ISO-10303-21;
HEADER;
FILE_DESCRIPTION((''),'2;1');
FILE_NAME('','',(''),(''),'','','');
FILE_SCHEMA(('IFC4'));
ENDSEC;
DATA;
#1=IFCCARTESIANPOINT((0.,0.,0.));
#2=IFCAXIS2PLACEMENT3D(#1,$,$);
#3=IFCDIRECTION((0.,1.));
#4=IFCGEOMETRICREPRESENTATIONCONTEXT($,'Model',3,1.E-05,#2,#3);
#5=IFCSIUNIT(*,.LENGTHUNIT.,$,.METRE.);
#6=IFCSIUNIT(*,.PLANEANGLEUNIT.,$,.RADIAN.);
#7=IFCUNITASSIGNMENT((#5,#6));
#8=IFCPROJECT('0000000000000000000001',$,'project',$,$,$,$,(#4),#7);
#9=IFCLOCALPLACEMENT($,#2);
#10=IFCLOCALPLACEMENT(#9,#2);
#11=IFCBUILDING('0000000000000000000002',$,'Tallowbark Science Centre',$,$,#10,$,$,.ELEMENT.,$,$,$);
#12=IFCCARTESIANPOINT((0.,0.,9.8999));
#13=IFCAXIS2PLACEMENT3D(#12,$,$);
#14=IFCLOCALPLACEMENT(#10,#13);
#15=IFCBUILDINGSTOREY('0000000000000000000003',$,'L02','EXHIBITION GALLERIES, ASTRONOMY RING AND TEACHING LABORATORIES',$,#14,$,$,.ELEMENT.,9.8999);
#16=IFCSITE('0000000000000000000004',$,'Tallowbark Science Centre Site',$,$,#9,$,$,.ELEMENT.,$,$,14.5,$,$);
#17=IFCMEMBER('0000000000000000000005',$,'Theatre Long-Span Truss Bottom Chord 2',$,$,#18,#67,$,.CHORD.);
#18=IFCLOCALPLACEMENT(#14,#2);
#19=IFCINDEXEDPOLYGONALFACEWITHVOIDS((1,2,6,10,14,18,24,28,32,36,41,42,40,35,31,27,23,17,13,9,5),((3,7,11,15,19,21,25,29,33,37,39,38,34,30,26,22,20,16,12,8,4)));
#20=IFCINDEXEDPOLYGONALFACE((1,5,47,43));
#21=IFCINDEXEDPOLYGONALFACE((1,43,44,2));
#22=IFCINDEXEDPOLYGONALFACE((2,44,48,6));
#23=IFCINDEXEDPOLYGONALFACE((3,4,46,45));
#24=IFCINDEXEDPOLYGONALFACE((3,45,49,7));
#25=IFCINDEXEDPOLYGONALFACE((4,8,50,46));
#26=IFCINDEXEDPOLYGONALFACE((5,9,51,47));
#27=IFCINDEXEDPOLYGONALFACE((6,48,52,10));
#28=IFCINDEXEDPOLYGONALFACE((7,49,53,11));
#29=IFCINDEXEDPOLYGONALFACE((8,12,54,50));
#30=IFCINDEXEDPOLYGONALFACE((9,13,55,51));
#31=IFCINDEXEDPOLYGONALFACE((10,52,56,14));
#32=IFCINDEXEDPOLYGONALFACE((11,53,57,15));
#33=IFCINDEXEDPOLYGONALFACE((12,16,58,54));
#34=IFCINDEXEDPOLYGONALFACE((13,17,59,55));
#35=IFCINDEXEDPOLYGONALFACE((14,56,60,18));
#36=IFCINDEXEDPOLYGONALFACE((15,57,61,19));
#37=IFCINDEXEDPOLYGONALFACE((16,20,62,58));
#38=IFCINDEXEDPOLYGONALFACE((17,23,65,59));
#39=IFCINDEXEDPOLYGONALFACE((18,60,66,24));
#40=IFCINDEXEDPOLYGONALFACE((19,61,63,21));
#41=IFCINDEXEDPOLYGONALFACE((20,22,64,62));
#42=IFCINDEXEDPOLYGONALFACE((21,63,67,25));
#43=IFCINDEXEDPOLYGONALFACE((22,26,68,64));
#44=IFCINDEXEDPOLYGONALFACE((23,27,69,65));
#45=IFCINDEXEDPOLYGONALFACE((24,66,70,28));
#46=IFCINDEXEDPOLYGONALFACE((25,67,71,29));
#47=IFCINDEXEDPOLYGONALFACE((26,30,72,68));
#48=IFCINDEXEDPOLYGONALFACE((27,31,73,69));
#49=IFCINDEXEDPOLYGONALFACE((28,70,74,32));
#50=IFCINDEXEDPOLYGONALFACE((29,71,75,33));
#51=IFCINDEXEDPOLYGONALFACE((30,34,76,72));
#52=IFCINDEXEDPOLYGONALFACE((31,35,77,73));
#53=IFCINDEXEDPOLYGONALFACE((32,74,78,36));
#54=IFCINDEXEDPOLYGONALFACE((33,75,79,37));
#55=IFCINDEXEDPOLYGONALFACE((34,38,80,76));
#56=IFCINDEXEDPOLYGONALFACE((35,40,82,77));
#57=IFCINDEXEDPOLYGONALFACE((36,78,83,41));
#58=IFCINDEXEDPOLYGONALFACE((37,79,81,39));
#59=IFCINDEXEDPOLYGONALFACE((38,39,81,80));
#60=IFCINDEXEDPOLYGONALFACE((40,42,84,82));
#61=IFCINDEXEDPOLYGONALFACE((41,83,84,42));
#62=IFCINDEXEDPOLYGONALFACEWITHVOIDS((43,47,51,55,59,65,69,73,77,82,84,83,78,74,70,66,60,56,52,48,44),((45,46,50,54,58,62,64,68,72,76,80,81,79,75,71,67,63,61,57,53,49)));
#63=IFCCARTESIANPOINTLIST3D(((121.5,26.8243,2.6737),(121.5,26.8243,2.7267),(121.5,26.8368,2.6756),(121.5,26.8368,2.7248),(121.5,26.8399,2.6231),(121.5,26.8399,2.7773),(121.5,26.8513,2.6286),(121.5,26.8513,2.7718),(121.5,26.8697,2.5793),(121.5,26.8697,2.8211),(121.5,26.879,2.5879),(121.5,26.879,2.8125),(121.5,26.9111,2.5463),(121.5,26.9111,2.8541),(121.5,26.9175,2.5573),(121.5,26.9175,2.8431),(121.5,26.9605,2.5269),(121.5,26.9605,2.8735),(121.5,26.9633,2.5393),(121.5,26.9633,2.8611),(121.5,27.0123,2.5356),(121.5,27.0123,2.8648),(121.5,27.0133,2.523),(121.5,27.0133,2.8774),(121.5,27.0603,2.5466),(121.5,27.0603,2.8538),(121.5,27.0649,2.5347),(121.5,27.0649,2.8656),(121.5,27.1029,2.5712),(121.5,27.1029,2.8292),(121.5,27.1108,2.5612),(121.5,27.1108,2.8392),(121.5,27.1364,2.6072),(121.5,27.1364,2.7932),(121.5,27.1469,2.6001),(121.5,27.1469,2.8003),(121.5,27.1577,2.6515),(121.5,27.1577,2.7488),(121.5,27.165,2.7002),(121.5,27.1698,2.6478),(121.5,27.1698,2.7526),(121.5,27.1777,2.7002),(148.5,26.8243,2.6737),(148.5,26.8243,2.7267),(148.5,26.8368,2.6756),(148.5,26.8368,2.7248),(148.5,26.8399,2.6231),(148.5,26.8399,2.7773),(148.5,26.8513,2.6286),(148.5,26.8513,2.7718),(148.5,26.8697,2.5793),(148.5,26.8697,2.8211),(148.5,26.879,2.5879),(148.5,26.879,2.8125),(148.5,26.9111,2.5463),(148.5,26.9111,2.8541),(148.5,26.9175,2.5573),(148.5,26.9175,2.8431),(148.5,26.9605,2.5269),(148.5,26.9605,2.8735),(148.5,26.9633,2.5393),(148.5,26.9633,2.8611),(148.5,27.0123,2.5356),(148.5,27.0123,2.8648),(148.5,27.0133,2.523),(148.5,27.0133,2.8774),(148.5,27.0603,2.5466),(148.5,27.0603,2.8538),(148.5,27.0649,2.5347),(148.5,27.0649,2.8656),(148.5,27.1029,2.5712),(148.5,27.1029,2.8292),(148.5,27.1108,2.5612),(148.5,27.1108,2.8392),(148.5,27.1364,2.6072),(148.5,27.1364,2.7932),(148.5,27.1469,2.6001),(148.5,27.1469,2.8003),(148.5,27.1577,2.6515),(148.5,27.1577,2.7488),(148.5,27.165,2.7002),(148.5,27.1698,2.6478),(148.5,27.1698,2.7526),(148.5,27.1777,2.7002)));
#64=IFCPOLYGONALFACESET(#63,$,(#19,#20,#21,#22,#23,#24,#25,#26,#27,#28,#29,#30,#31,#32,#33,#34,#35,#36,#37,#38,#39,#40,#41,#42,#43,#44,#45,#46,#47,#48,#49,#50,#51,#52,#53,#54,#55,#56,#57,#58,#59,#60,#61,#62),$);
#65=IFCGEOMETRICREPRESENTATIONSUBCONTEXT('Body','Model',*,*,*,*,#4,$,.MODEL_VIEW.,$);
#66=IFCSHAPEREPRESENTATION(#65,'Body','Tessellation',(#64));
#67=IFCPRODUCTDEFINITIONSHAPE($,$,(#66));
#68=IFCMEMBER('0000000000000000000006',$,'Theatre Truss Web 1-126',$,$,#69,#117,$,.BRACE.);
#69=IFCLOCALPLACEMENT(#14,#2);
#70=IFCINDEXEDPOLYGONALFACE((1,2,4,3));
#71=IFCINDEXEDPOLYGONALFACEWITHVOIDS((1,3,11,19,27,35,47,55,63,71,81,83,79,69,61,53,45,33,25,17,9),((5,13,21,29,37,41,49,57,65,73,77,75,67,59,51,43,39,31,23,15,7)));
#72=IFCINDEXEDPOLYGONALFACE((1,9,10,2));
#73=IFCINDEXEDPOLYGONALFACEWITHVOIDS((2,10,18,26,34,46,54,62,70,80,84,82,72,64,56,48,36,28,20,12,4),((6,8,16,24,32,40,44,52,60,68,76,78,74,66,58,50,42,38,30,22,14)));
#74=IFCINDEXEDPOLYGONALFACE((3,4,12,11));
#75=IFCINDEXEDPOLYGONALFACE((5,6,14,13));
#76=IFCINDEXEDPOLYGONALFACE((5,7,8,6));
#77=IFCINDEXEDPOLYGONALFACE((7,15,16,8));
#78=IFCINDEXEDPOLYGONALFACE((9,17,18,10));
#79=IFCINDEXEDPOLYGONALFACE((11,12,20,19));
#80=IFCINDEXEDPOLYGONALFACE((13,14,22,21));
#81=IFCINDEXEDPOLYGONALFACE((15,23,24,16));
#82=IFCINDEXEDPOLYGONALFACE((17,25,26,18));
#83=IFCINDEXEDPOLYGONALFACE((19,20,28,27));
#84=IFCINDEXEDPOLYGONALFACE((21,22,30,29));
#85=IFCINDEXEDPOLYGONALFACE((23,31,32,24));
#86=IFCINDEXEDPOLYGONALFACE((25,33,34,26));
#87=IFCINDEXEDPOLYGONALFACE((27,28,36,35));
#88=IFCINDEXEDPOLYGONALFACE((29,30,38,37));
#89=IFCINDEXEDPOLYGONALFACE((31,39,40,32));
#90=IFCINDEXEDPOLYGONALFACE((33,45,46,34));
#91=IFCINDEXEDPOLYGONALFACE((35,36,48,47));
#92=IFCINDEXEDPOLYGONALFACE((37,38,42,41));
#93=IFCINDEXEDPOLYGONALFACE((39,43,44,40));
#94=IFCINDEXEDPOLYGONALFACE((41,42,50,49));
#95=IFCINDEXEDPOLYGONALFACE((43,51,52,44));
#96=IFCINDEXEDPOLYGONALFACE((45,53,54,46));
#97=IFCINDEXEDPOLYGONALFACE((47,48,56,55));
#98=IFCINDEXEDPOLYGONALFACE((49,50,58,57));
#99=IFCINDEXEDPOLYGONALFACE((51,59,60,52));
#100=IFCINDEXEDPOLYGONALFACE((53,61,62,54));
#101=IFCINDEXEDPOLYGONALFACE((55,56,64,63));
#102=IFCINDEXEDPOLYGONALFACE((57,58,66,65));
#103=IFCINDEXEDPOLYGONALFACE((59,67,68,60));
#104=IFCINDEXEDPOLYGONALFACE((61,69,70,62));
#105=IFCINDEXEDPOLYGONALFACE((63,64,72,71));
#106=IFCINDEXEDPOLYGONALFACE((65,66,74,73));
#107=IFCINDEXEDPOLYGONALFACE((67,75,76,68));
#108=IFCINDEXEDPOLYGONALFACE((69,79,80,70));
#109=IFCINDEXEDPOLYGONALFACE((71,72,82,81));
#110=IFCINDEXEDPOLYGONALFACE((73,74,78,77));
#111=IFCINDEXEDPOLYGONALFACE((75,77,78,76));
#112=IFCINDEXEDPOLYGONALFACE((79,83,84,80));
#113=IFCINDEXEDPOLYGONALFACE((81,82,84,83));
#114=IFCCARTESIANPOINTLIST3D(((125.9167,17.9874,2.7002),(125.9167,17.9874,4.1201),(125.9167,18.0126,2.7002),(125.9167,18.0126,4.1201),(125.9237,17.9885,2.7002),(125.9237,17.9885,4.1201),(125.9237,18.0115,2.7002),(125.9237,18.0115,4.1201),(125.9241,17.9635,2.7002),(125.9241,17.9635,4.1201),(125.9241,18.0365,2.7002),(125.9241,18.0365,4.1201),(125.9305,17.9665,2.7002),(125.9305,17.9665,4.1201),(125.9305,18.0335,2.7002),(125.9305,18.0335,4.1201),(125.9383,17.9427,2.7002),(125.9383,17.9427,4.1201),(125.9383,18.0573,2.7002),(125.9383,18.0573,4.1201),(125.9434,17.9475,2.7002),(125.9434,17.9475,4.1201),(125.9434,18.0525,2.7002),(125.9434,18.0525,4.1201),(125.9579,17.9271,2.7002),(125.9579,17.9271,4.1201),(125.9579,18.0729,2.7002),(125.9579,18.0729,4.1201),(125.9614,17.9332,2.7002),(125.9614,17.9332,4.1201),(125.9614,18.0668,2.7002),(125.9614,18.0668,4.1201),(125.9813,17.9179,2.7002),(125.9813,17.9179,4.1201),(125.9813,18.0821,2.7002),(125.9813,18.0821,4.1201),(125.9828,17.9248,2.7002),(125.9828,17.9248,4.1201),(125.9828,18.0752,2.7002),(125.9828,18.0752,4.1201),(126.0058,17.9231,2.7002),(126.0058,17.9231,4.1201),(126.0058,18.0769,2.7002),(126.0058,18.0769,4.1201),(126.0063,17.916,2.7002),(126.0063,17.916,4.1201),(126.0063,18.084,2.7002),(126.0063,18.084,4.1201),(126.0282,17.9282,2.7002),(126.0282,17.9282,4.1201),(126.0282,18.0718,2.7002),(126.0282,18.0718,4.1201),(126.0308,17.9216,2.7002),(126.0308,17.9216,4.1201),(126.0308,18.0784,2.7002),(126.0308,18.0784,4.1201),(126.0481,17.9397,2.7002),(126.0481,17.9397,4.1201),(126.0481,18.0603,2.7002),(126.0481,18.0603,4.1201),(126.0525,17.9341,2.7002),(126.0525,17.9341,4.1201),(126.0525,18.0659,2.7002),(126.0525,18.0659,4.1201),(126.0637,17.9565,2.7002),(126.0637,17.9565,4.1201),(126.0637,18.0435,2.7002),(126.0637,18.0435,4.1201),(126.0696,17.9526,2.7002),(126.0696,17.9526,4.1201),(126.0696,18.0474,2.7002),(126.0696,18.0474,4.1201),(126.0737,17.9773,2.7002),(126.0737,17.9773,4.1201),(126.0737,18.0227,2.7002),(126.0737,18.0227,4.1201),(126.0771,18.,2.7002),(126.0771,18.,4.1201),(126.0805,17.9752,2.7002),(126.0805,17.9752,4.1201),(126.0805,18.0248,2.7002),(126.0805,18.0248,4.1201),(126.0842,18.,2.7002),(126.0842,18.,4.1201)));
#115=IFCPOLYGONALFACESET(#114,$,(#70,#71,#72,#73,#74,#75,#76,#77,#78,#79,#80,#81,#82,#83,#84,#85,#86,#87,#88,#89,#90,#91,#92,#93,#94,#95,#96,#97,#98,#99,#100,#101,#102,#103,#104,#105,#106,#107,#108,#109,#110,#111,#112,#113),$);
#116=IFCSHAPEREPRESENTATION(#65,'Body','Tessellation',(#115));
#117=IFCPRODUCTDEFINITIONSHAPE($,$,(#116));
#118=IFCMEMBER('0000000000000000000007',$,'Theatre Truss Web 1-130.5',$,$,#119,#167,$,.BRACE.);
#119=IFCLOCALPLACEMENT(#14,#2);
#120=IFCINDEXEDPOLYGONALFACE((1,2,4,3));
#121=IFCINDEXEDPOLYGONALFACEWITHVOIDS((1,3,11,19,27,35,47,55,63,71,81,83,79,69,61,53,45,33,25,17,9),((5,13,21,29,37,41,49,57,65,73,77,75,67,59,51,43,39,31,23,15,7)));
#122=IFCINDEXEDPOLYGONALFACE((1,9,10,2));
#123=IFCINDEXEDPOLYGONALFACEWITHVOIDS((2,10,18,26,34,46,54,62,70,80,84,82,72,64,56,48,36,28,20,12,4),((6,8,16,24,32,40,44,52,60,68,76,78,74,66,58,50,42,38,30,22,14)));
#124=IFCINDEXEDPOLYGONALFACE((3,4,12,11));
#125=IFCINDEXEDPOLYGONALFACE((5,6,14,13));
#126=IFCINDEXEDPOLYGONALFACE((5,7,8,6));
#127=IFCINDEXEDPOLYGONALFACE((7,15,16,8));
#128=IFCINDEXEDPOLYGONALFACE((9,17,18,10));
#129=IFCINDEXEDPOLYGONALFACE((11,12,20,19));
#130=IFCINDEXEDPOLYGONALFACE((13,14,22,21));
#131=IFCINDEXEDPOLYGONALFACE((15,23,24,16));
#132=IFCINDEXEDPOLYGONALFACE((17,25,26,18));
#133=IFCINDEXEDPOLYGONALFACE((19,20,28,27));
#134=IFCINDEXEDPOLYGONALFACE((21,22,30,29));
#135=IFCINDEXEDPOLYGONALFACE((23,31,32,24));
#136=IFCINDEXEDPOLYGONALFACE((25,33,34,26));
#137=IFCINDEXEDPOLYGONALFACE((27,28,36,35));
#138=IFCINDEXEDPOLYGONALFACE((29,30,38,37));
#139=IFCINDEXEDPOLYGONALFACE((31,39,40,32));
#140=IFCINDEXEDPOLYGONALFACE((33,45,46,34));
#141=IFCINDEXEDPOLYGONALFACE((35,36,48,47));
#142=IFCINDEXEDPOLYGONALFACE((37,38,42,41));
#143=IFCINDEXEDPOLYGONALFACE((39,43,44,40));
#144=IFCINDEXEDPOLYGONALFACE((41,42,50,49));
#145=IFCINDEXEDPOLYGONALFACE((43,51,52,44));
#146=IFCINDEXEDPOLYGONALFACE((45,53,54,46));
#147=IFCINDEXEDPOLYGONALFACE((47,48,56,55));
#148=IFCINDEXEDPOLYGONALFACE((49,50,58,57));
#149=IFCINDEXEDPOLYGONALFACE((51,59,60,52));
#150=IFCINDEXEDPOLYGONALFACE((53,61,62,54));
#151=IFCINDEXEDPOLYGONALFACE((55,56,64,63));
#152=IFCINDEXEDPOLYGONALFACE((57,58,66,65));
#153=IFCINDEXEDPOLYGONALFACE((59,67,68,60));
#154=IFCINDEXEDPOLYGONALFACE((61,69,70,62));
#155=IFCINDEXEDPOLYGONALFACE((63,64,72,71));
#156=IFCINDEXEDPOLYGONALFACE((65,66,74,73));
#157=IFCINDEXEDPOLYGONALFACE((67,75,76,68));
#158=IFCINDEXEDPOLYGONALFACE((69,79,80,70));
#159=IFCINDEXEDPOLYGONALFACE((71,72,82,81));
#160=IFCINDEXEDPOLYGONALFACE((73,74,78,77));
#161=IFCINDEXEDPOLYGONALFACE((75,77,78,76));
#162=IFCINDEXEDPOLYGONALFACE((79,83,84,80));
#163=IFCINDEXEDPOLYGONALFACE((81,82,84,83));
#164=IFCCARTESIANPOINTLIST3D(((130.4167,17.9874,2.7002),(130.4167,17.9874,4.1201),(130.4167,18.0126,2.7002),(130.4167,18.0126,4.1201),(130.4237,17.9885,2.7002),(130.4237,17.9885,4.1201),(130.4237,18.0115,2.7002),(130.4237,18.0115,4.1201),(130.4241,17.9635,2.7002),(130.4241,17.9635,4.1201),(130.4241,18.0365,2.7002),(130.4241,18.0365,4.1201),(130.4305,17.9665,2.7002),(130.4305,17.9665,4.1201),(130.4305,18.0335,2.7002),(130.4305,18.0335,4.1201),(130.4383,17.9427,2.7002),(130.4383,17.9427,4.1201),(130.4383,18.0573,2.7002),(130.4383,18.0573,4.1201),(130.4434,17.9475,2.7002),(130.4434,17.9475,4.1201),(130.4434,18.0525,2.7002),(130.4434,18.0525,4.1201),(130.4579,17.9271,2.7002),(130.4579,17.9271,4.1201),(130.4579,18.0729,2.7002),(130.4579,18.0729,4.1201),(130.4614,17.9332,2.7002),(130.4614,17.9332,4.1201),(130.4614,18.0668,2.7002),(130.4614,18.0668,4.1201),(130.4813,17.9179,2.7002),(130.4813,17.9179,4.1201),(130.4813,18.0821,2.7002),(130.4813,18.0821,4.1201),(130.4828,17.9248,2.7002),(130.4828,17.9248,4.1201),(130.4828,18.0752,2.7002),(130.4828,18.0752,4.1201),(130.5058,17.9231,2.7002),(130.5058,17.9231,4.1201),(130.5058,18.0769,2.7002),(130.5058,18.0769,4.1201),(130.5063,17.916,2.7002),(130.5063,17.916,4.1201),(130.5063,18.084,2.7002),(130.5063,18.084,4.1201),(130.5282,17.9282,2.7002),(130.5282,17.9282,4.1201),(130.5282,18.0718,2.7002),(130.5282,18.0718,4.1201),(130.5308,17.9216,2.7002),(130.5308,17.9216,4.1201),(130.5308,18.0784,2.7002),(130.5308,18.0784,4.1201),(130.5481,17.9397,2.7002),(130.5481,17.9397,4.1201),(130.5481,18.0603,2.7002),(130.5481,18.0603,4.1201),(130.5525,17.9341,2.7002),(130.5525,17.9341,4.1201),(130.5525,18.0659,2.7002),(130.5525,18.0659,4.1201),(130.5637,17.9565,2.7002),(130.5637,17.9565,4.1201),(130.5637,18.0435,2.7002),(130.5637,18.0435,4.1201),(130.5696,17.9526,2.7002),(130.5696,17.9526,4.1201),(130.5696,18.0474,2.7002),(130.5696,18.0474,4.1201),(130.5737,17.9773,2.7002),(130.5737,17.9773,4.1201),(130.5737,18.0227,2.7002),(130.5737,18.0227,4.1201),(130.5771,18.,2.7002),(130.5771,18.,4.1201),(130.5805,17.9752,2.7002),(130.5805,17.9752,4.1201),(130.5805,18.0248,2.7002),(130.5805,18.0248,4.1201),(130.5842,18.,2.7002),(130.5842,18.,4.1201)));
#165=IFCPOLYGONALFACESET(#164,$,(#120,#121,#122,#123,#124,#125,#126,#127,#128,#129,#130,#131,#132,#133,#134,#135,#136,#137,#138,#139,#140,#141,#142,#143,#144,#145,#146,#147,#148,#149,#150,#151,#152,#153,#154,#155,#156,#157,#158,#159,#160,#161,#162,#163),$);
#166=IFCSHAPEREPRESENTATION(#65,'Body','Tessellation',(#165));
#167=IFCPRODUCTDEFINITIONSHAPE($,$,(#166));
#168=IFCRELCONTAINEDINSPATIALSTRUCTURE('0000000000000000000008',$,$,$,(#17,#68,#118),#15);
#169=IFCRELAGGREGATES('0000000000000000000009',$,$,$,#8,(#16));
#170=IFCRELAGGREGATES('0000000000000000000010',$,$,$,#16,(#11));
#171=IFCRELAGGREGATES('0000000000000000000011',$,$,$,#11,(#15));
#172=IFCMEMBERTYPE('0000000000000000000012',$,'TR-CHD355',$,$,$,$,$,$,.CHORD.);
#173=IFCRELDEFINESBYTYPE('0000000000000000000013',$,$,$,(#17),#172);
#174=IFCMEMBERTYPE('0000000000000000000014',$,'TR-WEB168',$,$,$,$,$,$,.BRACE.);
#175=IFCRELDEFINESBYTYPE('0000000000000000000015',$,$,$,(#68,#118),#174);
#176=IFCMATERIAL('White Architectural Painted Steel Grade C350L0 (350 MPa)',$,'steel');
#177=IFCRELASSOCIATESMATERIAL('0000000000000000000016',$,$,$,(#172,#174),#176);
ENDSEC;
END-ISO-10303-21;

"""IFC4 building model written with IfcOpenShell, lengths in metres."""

from ifc_helpers import new_model, si_unit, direction, frame, origin, origin_2d, place, context, subcontext, project, spatial, hollow_circle, extrude, material, material_profile, profile_set, type_object, element, save


model = new_model("IFC4")

# Units and contexts
model_context = context("Model", 3, precision=1e-05, world=origin(), true_north=direction((0.0, 1.0)))
body_context = subcontext(model_context, "Body", "Model", "MODEL_VIEW")
ifc_project = project(units=[si_unit("LENGTHUNIT", "METRE"), si_unit("PLANEANGLEUNIT", "RADIAN")], contexts=[model_context])

# Site, building, storey
site_placement = place(None, origin())
site = spatial("IfcSite", under=ifc_project, at=site_placement, Name="Tallowbark Science Centre Site", CompositionType="ELEMENT", RefElevation=14.5)
building_placement = place(site_placement, origin())
building = spatial("IfcBuilding", under=site, at=building_placement, Name="Tallowbark Science Centre", CompositionType="ELEMENT")
storey_placement = place(building_placement, frame((0.0, 0.0, 9.8999)))
storey = spatial("IfcBuildingStorey", under=building, at=storey_placement, Name="L02", Description="EXHIBITION GALLERIES, ASTRONOMY RING AND TEACHING LABORATORIES", CompositionType="ELEMENT", Elevation=9.8999)

# Members
ifc_material_1 = material(Name="White Architectural Painted Steel Grade C350L0 (350 MPa)", Category="steel")
ifc_material_profile_1 = material_profile(ifc_material_1, hollow_circle(Radius=0.1777, WallThickness=0.0127, at=origin_2d()), Name="355.6x12.7CHS")
ifc_profile_set_1 = profile_set([ifc_material_profile_1], Name="White Architectural Painted Steel Grade C350L0 (350 MPa)")
member_type_1 = type_object("IfcMemberType", Name="TR-CHD355", PredefinedType="CHORD", material=ifc_profile_set_1)
for number, where, z_axis, x_axis, name in (
    (1, (121.5, 27.0, 2.7002), (1.0, 0.0, 0.0), (0.0, 1.0, 0.0), "Theatre Long-Span Truss Bottom Chord 2"),
):
    element("IfcMember", number, at=place(storey_placement, frame(where, z_axis=z_axis, x_axis=x_axis)), inside=storey, type_object=member_type_1, Name=name, PredefinedType="CHORD", context=body_context, shape_type="SweptSolid", body=[
        extrude(hollow_circle(Radius=0.1777, WallThickness=0.0127, at=origin_2d()), origin(), (0.0, 0.0, 1.0), 27.0),
    ])
ifc_material_profile_2 = material_profile(ifc_material_1, hollow_circle(Radius=0.0842, WallThickness=0.0071, at=origin_2d()), Name="168.3x7.1CHS")
ifc_profile_set_2 = profile_set([ifc_material_profile_2], Name="White Architectural Painted Steel Grade C350L0 (350 MPa)")
member_type_2 = type_object("IfcMemberType", Name="TR-WEB168", PredefinedType="BRACE", material=ifc_profile_set_2)
for number, where, z_axis, x_axis, name in (
    (2, (126.0, 18.0, 2.7002), (0.0, 0.0, 1.0), (1.0, 0.0, 0.0), "Theatre Truss Web 1-126"),
    (3, (130.5, 18.0, 2.7002), (0.0, 0.0, 1.0), (1.0, 0.0, 0.0), "Theatre Truss Web 1-130.5"),
):
    element("IfcMember", number, at=place(storey_placement, frame(where, z_axis=z_axis, x_axis=x_axis)), inside=storey, type_object=member_type_2, Name=name, PredefinedType="BRACE", context=body_context, shape_type="SweptSolid", body=[
        extrude(hollow_circle(Radius=0.0842, WallThickness=0.0071, at=origin_2d()), origin(), (0.0, 0.0, 1.0), 1.4199),
    ])

save(model, "model.ifc")
